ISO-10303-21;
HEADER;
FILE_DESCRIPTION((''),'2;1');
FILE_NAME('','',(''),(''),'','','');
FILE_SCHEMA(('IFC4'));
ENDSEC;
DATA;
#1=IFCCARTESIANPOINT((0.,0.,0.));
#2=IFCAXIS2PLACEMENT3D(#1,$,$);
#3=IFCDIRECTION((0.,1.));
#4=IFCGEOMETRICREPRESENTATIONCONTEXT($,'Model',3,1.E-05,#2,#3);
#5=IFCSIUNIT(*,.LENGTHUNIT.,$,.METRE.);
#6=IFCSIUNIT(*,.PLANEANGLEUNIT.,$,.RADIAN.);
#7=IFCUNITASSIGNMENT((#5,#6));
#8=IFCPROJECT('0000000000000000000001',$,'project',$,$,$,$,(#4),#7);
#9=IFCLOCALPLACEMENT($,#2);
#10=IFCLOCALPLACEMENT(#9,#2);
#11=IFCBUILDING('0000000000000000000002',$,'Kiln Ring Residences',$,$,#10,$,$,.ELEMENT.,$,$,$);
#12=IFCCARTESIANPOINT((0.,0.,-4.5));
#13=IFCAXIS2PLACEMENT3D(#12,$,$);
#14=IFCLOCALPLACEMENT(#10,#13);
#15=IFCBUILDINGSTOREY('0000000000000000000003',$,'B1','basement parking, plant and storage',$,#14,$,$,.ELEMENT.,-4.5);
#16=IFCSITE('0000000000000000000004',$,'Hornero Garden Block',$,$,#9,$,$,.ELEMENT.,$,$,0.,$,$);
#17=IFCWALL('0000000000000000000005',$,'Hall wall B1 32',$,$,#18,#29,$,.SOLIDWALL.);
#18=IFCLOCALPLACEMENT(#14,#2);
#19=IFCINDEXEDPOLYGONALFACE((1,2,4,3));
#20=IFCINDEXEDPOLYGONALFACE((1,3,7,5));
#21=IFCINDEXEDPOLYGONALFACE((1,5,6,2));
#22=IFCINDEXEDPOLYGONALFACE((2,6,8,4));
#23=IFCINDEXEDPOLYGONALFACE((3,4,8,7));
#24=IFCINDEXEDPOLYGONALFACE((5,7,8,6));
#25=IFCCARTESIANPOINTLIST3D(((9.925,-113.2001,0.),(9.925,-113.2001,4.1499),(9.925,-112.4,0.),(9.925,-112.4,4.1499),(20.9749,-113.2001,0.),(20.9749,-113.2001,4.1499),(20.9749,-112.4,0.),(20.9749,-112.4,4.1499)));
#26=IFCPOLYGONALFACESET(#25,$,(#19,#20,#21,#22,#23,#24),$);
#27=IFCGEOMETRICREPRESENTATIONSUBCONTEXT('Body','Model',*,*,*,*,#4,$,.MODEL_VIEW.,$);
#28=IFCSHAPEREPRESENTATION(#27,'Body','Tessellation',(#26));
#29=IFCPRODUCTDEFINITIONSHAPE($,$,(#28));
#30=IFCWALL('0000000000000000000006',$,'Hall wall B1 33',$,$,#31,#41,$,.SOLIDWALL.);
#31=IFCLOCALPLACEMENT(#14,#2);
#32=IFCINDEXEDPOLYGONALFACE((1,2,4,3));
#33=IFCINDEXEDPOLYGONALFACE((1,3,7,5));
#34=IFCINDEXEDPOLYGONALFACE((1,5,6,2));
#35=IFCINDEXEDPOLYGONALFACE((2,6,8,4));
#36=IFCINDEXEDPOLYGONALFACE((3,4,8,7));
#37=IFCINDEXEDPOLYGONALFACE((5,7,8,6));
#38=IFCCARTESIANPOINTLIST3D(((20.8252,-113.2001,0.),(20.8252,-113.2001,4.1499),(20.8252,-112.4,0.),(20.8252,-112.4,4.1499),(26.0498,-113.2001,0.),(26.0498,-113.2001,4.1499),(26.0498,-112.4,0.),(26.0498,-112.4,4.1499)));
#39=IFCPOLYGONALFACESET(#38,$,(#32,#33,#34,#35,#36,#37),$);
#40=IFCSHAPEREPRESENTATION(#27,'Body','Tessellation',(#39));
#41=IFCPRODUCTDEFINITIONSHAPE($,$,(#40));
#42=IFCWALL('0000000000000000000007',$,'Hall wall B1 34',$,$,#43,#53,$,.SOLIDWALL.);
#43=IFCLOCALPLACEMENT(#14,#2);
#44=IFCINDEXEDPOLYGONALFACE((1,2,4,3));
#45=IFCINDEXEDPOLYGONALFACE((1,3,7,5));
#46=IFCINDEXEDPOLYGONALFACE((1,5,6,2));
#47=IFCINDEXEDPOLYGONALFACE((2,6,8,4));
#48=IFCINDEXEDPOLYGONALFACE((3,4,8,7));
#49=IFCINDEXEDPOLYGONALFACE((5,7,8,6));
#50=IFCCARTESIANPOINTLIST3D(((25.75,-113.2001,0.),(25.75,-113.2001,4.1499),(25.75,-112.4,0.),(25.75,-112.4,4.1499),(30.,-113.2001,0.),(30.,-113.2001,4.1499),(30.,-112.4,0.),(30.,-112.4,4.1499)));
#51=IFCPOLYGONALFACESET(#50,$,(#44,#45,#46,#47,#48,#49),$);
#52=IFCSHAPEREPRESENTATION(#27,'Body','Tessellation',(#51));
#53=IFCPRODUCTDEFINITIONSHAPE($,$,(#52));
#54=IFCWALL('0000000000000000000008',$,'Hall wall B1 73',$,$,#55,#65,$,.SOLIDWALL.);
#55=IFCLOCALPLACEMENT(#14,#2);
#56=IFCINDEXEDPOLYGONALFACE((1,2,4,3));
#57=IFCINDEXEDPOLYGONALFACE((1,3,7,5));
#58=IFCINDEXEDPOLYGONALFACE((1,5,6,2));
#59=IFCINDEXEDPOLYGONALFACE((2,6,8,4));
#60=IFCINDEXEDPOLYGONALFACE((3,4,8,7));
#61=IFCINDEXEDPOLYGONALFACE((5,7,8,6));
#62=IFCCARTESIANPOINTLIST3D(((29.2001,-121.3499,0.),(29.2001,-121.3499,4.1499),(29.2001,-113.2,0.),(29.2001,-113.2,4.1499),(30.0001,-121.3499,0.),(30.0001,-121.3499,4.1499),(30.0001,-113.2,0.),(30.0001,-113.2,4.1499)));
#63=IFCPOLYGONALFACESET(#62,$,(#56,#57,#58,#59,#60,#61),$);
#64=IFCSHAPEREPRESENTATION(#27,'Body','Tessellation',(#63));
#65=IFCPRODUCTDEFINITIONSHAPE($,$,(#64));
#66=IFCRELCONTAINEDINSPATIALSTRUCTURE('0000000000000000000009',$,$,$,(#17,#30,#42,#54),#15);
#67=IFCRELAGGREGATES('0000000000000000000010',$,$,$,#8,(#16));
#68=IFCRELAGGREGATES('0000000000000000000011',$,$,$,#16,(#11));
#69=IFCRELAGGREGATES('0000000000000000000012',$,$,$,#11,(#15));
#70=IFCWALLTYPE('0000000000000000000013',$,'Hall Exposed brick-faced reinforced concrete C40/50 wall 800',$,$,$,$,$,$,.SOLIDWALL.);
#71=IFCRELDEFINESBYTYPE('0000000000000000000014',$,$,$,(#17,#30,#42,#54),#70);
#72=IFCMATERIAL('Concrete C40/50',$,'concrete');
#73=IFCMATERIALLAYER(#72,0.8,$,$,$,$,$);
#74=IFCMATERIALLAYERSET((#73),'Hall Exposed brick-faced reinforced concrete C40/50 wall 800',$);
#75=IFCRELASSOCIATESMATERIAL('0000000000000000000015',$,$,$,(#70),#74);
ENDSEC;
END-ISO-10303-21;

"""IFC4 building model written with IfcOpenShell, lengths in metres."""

from ifc_helpers import new_model, si_unit, direction, frame, frame_2d, origin, place, context, subcontext, project, spatial, rectangle, extrude, material, layer, layer_set, type_object, element, save


model = new_model("IFC4")

# Units and contexts
model_context = context("Model", 3, precision=1e-05, world=origin(), true_north=direction((0.0, 1.0)))
body_context = subcontext(model_context, "Body", "Model", "MODEL_VIEW")
ifc_project = project(units=[si_unit("LENGTHUNIT", "METRE"), si_unit("PLANEANGLEUNIT", "RADIAN")], contexts=[model_context])

# Site, building, storey
site_placement = place(None, origin())
site = spatial("IfcSite", under=ifc_project, at=site_placement, Name="Hornero Garden Block", CompositionType="ELEMENT", RefElevation=0.0)
building_placement = place(site_placement, origin())
building = spatial("IfcBuilding", under=site, at=building_placement, Name="Kiln Ring Residences", CompositionType="ELEMENT")
storey_placement = place(building_placement, frame((0.0, 0.0, -4.5)))
storey = spatial("IfcBuildingStorey", under=building, at=storey_placement, Name="B1", Description="basement parking, plant and storage", CompositionType="ELEMENT", Elevation=-4.5)

# Walls
ifc_material_1 = material(Name="Concrete C40/50", Category="concrete")
ifc_layer = layer(ifc_material_1, 0.8)
ifc_layer_set = layer_set([ifc_layer], Name="Hall Exposed brick-faced reinforced concrete C40/50 wall 800")
wall_type = type_object("IfcWallType", Name="Hall Exposed brick-faced reinforced concrete C40/50 wall 800", PredefinedType="SOLIDWALL", material=ifc_layer_set)
wall_1_placement = place(storey_placement, frame((9.925, -112.8, 0.0), z_axis=(0.0, 0.0, 1.0), x_axis=(1.0, 0.0, 0.0)))
element("IfcWall", 1, at=wall_1_placement, inside=storey, type_object=wall_type, Name="Hall wall B1 32", PredefinedType="SOLIDWALL", context=body_context, shape_type="SweptSolid", body=[
    extrude(rectangle(XDim=11.0498, YDim=0.8, at=frame_2d((5.5249, 0.0))), origin(), (0.0, 0.0, 1.0), 4.1499),
])
wall_2_placement = place(storey_placement, frame((20.8252, -112.8, 0.0), z_axis=(0.0, 0.0, 1.0), x_axis=(1.0, 0.0, 0.0)))
element("IfcWall", 2, at=wall_2_placement, inside=storey, type_object=wall_type, Name="Hall wall B1 33", PredefinedType="SOLIDWALL", context=body_context, shape_type="SweptSolid", body=[
    extrude(rectangle(XDim=5.2246, YDim=0.8, at=frame_2d((2.6123, 0.0))), origin(), (0.0, 0.0, 1.0), 4.1499),
])
wall_3_placement = place(storey_placement, frame((25.75, -112.8, 0.0), z_axis=(0.0, 0.0, 1.0), x_axis=(1.0, 0.0, 0.0)))
element("IfcWall", 3, at=wall_3_placement, inside=storey, type_object=wall_type, Name="Hall wall B1 34", PredefinedType="SOLIDWALL", context=body_context, shape_type="SweptSolid", body=[
    extrude(rectangle(XDim=4.25, YDim=0.8, at=frame_2d((2.125, 0.0))), origin(), (0.0, 0.0, 1.0), 4.1499),
])
wall_4_placement = place(storey_placement, frame((29.6001, -113.2, 0.0), z_axis=(0.0, 0.0, 1.0), x_axis=(0.0, -1.0, 0.0)))
element("IfcWall", 4, at=wall_4_placement, inside=storey, type_object=wall_type, Name="Hall wall B1 73", PredefinedType="SOLIDWALL", context=body_context, shape_type="SweptSolid", body=[
    extrude(rectangle(XDim=8.1499, YDim=0.8, at=frame_2d((4.075, 0.0))), origin(), (0.0, 0.0, 1.0), 4.1499),
])

save(model, "model.ifc")
